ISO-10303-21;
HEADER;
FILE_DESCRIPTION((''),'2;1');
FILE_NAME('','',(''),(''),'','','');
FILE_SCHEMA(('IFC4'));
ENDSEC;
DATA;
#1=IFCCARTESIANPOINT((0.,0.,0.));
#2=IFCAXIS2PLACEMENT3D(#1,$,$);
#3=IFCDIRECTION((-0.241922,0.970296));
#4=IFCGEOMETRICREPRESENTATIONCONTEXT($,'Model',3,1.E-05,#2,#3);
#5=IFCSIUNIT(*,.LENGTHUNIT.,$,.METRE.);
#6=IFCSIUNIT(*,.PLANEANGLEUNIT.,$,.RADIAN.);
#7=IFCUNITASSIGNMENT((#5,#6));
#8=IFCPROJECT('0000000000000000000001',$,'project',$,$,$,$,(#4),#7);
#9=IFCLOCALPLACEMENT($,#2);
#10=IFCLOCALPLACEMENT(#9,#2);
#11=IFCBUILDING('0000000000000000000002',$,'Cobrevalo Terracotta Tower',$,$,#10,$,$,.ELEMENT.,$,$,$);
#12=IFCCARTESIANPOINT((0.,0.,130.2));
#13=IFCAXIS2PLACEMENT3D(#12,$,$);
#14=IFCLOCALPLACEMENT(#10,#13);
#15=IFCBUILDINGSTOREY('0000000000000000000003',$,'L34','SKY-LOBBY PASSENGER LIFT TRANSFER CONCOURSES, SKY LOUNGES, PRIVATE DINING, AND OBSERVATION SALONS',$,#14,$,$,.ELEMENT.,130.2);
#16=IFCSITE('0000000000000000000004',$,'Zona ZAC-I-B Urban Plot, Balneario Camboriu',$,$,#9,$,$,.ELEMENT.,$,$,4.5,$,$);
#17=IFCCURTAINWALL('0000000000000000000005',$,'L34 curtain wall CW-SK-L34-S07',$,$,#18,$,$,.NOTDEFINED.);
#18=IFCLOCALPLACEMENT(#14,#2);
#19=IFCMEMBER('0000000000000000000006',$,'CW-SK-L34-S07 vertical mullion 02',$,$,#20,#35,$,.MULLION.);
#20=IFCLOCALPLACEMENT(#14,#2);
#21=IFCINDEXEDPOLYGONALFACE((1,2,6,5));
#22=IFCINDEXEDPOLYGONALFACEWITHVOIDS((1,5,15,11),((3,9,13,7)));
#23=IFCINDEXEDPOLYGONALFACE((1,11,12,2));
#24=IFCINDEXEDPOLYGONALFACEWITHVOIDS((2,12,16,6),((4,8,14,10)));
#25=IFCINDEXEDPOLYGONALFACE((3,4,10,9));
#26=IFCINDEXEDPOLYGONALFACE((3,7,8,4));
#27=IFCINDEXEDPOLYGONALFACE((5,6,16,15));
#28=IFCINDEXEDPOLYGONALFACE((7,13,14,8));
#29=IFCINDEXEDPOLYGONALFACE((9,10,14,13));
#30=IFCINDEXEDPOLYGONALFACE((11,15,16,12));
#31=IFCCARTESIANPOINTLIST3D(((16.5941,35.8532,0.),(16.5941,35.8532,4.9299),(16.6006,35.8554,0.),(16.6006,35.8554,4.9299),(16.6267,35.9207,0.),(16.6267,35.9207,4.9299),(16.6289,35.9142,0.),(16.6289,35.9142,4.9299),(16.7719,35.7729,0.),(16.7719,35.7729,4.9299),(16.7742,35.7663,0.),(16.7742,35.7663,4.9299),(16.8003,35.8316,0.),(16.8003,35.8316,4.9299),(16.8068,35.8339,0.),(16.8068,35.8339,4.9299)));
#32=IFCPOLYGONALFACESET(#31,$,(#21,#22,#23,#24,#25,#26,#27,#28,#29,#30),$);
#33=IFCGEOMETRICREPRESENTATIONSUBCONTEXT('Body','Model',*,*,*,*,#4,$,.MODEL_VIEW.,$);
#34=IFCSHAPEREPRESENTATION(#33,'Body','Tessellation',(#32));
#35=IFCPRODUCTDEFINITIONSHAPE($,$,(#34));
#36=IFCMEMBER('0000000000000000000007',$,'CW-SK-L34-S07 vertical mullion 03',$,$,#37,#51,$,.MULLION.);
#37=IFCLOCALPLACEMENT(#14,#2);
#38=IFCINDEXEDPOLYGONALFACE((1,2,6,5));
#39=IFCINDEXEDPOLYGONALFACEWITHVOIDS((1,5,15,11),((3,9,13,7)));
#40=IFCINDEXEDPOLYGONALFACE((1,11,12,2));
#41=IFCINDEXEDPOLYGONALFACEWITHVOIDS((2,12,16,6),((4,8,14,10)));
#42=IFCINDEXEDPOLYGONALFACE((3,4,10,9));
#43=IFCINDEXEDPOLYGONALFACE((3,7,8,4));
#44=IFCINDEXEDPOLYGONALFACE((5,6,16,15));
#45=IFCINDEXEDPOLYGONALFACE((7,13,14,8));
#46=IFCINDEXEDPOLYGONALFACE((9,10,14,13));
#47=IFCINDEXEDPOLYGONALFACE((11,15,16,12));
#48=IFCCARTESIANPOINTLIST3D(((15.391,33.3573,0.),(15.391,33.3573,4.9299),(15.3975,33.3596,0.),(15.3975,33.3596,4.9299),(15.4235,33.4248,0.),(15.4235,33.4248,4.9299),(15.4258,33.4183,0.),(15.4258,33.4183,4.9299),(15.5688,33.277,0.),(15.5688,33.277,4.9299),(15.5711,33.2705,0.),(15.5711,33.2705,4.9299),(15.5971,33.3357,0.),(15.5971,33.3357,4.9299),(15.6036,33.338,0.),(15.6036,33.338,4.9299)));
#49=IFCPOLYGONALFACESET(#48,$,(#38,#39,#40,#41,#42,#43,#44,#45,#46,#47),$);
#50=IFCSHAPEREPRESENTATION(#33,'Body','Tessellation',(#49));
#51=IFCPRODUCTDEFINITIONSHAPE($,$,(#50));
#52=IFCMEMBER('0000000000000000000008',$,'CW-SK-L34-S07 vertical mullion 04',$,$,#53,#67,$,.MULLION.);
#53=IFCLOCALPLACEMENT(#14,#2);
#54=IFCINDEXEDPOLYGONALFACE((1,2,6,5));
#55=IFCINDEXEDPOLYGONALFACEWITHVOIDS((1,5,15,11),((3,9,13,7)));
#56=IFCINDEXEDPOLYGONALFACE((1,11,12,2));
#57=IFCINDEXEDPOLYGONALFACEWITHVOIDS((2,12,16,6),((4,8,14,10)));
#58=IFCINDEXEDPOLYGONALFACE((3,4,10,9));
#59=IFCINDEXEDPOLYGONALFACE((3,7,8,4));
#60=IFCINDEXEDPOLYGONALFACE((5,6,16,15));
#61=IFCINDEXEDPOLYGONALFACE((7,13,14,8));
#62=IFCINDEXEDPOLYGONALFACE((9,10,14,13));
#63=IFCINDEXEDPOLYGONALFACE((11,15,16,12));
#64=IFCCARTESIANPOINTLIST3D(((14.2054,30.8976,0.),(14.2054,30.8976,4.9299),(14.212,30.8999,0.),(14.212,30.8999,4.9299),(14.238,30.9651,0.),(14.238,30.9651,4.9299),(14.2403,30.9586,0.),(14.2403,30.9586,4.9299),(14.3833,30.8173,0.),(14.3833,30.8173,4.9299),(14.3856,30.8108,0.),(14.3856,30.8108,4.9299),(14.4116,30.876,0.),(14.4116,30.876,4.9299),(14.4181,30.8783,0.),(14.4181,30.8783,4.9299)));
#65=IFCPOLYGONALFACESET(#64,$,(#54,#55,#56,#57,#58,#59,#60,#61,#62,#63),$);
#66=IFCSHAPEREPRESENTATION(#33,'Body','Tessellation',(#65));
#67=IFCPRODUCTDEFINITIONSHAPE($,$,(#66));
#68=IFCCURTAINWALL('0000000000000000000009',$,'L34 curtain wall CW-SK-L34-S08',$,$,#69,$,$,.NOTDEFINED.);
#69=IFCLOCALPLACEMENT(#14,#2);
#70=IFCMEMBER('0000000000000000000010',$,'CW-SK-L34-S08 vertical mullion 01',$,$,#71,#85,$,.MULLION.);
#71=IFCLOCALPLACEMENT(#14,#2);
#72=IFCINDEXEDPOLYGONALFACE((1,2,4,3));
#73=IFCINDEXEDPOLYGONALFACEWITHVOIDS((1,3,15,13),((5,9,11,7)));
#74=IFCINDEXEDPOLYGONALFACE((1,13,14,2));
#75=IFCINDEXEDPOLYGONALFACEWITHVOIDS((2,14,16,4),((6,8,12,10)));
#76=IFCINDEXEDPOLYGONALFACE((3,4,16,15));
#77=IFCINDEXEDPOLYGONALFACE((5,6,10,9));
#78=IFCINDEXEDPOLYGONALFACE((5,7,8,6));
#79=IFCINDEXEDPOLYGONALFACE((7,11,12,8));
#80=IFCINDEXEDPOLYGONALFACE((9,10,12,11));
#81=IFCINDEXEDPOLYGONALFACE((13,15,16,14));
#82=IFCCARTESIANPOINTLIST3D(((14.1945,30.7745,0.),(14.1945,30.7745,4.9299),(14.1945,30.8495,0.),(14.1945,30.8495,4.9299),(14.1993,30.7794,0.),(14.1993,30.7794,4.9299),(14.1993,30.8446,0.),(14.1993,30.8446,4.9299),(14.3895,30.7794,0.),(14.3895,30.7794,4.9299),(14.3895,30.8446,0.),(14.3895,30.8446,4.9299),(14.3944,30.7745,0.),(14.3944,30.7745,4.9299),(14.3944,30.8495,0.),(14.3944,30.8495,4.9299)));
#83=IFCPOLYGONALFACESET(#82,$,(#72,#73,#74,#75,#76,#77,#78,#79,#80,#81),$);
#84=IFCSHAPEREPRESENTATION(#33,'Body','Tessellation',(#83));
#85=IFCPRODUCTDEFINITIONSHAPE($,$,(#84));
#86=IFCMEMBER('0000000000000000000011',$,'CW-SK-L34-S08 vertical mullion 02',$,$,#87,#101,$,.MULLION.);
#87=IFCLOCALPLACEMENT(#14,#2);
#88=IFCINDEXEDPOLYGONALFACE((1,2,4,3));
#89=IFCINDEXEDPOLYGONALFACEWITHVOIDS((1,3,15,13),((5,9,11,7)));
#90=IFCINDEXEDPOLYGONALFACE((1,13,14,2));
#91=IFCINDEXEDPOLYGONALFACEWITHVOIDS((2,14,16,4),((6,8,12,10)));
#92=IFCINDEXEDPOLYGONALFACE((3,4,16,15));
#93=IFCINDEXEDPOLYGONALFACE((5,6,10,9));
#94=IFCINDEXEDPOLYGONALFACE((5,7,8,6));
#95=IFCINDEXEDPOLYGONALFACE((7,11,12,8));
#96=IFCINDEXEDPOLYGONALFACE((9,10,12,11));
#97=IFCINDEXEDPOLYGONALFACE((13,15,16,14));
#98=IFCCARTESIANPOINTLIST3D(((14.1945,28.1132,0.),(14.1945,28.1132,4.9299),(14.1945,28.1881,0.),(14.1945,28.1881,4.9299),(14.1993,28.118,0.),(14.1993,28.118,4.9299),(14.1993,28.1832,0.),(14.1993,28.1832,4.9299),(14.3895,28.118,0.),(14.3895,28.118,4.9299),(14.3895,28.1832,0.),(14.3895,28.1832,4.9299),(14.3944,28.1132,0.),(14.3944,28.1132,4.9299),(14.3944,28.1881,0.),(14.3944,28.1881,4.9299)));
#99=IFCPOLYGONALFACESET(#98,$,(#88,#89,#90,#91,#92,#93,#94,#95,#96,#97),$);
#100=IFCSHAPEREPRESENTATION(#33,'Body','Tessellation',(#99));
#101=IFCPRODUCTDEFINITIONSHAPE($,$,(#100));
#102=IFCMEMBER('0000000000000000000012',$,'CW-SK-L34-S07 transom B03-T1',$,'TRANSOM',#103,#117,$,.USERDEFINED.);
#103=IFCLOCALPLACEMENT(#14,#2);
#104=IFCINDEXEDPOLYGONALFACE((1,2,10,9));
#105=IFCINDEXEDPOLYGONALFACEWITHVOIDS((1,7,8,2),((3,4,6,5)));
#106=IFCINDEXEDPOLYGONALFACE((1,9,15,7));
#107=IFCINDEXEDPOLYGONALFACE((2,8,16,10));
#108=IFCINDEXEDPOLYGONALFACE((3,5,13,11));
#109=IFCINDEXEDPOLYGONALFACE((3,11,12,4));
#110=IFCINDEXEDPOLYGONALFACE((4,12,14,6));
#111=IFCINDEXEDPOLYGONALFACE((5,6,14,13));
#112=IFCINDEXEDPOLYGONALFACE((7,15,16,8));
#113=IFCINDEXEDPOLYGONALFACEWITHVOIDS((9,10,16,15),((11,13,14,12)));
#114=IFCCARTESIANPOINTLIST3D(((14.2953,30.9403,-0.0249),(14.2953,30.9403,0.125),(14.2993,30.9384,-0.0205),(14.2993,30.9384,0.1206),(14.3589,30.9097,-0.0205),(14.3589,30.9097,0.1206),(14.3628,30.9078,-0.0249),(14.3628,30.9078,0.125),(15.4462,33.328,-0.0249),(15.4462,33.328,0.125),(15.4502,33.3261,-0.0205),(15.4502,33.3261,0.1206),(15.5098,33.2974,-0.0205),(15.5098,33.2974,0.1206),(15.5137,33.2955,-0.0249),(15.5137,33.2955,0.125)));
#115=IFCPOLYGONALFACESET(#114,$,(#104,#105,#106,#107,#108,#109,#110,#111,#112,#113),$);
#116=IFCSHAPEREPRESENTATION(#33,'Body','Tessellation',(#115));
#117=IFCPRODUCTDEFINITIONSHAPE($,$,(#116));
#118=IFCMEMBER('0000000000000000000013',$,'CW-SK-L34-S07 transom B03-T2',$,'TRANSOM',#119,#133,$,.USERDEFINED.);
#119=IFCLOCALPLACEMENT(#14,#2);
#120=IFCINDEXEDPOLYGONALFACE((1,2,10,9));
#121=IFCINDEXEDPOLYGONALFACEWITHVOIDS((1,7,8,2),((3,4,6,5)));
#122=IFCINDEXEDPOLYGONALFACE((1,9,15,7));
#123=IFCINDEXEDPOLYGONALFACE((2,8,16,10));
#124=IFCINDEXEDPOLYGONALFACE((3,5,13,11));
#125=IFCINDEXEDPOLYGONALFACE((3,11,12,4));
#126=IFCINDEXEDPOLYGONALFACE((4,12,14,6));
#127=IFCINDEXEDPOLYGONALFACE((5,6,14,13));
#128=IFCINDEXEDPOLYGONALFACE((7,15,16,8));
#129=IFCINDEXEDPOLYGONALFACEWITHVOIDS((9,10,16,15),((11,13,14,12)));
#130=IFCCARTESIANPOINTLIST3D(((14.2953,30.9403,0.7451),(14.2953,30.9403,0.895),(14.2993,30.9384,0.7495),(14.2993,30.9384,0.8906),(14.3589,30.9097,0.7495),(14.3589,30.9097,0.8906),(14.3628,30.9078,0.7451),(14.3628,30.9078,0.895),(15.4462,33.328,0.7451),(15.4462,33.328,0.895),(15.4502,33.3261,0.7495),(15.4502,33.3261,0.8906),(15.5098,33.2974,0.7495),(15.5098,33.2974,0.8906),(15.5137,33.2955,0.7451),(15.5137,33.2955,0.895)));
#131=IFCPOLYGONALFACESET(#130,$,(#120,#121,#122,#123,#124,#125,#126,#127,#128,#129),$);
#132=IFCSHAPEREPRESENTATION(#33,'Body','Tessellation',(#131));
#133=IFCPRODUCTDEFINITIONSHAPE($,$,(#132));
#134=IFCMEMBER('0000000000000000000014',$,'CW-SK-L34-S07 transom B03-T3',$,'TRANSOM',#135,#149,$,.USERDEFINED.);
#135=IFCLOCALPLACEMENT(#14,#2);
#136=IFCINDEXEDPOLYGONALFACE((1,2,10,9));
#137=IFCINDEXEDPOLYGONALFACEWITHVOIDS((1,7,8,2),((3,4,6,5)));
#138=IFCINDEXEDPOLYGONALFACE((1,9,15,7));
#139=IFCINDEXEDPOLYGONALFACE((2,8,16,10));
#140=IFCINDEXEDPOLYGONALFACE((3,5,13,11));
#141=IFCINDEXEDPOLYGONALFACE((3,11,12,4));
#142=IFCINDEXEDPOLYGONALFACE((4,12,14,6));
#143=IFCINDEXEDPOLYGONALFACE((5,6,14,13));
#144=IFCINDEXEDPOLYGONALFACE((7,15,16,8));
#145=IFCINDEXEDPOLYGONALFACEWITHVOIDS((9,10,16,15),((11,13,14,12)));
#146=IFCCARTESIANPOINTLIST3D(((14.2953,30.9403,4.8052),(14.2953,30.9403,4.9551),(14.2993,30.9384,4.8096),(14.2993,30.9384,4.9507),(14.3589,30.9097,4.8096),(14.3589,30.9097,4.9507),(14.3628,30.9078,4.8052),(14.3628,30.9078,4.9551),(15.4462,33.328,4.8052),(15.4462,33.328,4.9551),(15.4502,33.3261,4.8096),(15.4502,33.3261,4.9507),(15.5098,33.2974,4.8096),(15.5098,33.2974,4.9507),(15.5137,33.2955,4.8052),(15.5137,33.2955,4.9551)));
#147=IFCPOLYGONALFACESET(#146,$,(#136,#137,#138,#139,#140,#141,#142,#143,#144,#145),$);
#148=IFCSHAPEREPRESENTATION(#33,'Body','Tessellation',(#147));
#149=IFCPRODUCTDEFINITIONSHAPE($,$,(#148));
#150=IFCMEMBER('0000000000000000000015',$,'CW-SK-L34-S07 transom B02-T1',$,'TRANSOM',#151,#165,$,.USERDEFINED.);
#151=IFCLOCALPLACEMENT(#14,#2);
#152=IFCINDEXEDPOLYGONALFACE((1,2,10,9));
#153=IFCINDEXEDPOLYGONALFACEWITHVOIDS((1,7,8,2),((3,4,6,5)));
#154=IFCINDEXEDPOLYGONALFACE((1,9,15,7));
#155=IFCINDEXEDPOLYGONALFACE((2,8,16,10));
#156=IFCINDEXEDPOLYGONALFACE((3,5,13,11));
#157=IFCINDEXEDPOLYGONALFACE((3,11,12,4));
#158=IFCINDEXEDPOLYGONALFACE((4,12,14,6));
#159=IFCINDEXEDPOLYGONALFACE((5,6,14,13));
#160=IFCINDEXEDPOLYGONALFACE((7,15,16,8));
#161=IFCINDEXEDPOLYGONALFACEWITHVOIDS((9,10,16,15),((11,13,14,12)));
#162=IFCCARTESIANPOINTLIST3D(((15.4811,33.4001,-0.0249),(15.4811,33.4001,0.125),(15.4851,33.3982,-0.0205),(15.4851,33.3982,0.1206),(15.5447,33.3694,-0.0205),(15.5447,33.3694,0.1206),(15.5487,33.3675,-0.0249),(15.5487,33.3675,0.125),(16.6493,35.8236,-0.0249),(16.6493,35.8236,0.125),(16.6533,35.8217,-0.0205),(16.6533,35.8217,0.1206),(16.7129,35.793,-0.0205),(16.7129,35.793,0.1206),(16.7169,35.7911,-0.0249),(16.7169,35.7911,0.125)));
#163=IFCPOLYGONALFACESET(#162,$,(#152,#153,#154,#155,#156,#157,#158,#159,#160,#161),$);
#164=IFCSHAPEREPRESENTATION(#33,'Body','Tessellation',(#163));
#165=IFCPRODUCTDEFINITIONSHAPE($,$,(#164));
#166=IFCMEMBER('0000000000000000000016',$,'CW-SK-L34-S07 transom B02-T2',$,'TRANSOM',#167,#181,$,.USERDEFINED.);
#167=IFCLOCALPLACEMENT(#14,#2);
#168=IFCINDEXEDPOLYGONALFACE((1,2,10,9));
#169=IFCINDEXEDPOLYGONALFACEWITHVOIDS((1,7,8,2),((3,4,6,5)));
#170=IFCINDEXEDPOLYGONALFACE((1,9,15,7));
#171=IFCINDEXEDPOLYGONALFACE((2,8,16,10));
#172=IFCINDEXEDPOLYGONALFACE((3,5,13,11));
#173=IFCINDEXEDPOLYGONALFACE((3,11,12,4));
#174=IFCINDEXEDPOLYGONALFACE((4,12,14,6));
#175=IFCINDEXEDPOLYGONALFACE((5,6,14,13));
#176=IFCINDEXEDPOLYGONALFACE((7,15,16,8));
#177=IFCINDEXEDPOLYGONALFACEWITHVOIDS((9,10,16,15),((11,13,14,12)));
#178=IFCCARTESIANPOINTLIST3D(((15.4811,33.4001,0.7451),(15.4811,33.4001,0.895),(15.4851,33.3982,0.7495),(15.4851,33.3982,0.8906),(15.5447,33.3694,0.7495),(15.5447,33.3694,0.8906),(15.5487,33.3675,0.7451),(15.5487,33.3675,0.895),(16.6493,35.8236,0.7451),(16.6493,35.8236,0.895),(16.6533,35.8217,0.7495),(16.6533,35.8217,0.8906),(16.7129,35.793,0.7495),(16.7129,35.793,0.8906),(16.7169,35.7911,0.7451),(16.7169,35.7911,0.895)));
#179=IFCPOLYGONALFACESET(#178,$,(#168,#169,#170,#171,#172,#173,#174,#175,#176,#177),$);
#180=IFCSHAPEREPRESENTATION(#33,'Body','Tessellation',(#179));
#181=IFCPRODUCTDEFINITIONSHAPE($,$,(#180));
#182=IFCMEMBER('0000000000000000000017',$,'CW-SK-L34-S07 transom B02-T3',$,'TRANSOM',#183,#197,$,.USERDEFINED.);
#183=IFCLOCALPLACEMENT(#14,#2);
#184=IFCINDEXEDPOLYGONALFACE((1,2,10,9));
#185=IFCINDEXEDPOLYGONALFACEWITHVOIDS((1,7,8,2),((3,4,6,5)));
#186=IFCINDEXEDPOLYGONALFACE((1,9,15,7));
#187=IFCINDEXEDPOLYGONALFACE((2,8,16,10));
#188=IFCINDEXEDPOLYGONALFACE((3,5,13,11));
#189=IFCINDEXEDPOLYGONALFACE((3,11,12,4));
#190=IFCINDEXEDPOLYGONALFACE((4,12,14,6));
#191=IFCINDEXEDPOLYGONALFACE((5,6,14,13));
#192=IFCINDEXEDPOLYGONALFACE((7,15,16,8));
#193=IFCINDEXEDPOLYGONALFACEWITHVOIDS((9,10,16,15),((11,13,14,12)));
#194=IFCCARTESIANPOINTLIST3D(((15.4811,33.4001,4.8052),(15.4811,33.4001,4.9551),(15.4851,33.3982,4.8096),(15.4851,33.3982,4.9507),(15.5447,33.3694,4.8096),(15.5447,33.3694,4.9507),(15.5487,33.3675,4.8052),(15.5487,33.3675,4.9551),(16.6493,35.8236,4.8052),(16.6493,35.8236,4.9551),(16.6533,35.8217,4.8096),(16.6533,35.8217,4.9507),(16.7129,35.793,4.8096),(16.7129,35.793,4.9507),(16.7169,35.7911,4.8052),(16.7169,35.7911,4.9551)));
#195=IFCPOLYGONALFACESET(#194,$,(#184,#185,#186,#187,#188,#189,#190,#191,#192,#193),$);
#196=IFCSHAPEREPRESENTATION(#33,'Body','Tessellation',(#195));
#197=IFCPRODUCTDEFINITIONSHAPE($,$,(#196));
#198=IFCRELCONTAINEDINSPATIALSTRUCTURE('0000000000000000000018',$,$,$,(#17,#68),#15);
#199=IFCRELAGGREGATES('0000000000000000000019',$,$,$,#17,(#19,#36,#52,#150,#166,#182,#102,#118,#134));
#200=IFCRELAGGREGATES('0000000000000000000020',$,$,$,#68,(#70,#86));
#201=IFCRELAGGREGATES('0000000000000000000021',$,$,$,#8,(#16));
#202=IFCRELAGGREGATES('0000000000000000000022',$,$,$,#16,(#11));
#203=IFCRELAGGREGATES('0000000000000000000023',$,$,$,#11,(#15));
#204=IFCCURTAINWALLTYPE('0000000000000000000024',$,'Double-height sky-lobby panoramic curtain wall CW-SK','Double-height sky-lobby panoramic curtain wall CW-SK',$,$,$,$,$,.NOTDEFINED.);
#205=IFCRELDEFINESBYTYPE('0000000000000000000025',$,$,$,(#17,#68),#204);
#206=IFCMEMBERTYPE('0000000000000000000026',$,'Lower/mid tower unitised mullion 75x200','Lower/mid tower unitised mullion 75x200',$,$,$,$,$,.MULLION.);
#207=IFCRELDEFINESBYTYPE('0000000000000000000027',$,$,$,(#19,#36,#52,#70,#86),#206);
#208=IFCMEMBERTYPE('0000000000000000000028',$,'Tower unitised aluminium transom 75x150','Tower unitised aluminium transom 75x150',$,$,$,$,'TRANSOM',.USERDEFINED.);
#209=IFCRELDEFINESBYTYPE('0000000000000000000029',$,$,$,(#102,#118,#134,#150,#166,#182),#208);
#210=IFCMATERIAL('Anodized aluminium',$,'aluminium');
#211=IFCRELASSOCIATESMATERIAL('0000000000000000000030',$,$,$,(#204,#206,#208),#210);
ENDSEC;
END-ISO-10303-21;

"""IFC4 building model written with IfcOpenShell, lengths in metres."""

from ifc_helpers import new_model, si_unit, direction, frame, origin, origin_2d, place, context, subcontext, project, spatial, hollow_rectangle, extrude, source, transform, mapped, material, material_profile, profile_set, type_object, element, aggregate, save


model = new_model("IFC4")

# Units and contexts
model_context = context("Model", 3, precision=1e-05, world=origin(), true_north=direction((-0.241922, 0.970296)))
body_context = subcontext(model_context, "Body", "Model", "MODEL_VIEW")
ifc_project = project(units=[si_unit("LENGTHUNIT", "METRE"), si_unit("PLANEANGLEUNIT", "RADIAN")], contexts=[model_context])

# Site, building, storey
site_placement = place(None, origin())
site = spatial("IfcSite", under=ifc_project, at=site_placement, Name="Zona ZAC-I-B Urban Plot, Balneario Camboriu", CompositionType="ELEMENT", RefElevation=4.5)
building_placement = place(site_placement, origin())
building = spatial("IfcBuilding", under=site, at=building_placement, Name="Cobrevalo Terracotta Tower", CompositionType="ELEMENT")
storey_placement = place(building_placement, frame((0.0, 0.0, 130.2)))
storey = spatial("IfcBuildingStorey", under=building, at=storey_placement, Name="L34", Description="SKY-LOBBY PASSENGER LIFT TRANSFER CONCOURSES, SKY LOUNGES, PRIVATE DINING, AND OBSERVATION SALONS", CompositionType="ELEMENT", Elevation=130.2)

# Curtain walls, members
ifc_material_1 = material(Name="Anodized aluminium", Category="aluminium")
curtain_wall_type = type_object("IfcCurtainWallType", Name="Double-height sky-lobby panoramic curtain wall CW-SK", Description="Double-height sky-lobby panoramic curtain wall CW-SK", PredefinedType="NOTDEFINED", material=ifc_material_1)
curtain_wall_1_placement = place(storey_placement, origin())
curtain_wall_1 = element("IfcCurtainWall", 1, at=curtain_wall_1_placement, inside=storey, type_object=curtain_wall_type, Name="L34 curtain wall CW-SK-L34-S07", PredefinedType="NOTDEFINED")
ifc_material_profile_1 = material_profile(ifc_material_1, hollow_rectangle(XDim=0.075, YDim=0.2, WallThickness=0.0049, at=origin_2d()), Name="CWM 75x200")
ifc_profile_set_1 = profile_set([ifc_material_profile_1], Name="Anodized aluminium")
member_type_1 = type_object("IfcMemberType", Name="Lower/mid tower unitised mullion 75x200", Description="Lower/mid tower unitised mullion 75x200", PredefinedType="MULLION", material=ifc_profile_set_1)
shared_shape_1 = source(origin(), body_context, "Body", "SweptSolid", [
    extrude(hollow_rectangle(XDim=0.075, YDim=0.2, WallThickness=0.0049, at=origin_2d()), origin(), (0.0, 0.0, 1.0), 4.9299),
])
member_1_placement = place(storey_placement, frame((16.7004, 35.8435, 0.0), z_axis=(0.0, 0.0, 1.0), x_axis=(-0.434209, -0.900812, 0.0)))
member_1 = element("IfcMember", 2, at=member_1_placement, type_object=member_type_1, Name="CW-SK-L34-S07 vertical mullion 02", PredefinedType="MULLION", context=body_context, shape_type="MappedRepresentation", body=[
    mapped(shared_shape_1, transform((0.0, 0.0, 0.0), scale=1.0)),
])
member_2_placement = place(storey_placement, frame((15.4973, 33.3477, 0.0), z_axis=(0.0, 0.0, 1.0), x_axis=(-0.434209, -0.900812, 0.0)))
member_2 = element("IfcMember", 3, at=member_2_placement, type_object=member_type_1, Name="CW-SK-L34-S07 vertical mullion 03", PredefinedType="MULLION", context=body_context, shape_type="MappedRepresentation", body=[
    mapped(shared_shape_1, transform((0.0, 0.0, 0.0), scale=1.0)),
])
member_3_placement = place(storey_placement, frame((14.3118, 30.8879, 0.0), z_axis=(0.0, 0.0, 1.0), x_axis=(-0.434209, -0.900812, 0.0)))
member_3 = element("IfcMember", 4, at=member_3_placement, type_object=member_type_1, Name="CW-SK-L34-S07 vertical mullion 04", PredefinedType="MULLION", context=body_context, shape_type="MappedRepresentation", body=[
    mapped(shared_shape_1, transform((0.0, 0.0, 0.0), scale=1.0)),
])
curtain_wall_2_placement = place(storey_placement, origin())
curtain_wall_2 = element("IfcCurtainWall", 5, at=curtain_wall_2_placement, inside=storey, type_object=curtain_wall_type, Name="L34 curtain wall CW-SK-L34-S08", PredefinedType="NOTDEFINED")
member_4_placement = place(storey_placement, frame((14.2944, 30.812, 0.0), z_axis=(0.0, 0.0, 1.0), x_axis=(0.0, -1.0, 0.0)))
member_4 = element("IfcMember", 6, at=member_4_placement, type_object=member_type_1, Name="CW-SK-L34-S08 vertical mullion 01", PredefinedType="MULLION", context=body_context, shape_type="MappedRepresentation", body=[
    mapped(shared_shape_1, transform((0.0, 0.0, 0.0), scale=1.0)),
])
member_5_placement = place(storey_placement, frame((14.2944, 28.1506, 0.0), z_axis=(0.0, 0.0, 1.0), x_axis=(0.0, -1.0, 0.0)))
member_5 = element("IfcMember", 7, at=member_5_placement, type_object=member_type_1, Name="CW-SK-L34-S08 vertical mullion 02", PredefinedType="MULLION", context=body_context, shape_type="MappedRepresentation", body=[
    mapped(shared_shape_1, transform((0.0, 0.0, 0.0), scale=1.0)),
])

# Members
ifc_material_profile_2 = material_profile(ifc_material_1, hollow_rectangle(XDim=0.075, YDim=0.1499, WallThickness=0.0044, at=origin_2d()), Name="CWT 75x150")
ifc_profile_set_2 = profile_set([ifc_material_profile_2], Name="Anodized aluminium")
member_type_2 = type_object("IfcMemberType", Name="Tower unitised aluminium transom 75x150", Description="Tower unitised aluminium transom 75x150", ElementType="TRANSOM", PredefinedType="USERDEFINED", material=ifc_profile_set_2)
shared_shape_2 = source(origin(), body_context, "Body", "SweptSolid", [
    extrude(hollow_rectangle(XDim=0.075, YDim=0.1499, WallThickness=0.0044, at=origin_2d()), origin(), (0.0, 0.0, 1.0), 2.6506),
])
member_6_placement = place(storey_placement, frame((15.48, 33.3118, 0.05), z_axis=(-0.434198, -0.900818, 0.0), x_axis=(0.900818, -0.434198, 0.0)))
member_6 = element("IfcMember", 8, at=member_6_placement, type_object=member_type_2, Name="CW-SK-L34-S07 transom B03-T1", ObjectType="TRANSOM", PredefinedType="USERDEFINED", context=body_context, shape_type="MappedRepresentation", body=[
    mapped(shared_shape_2, transform((0.0, 0.0, 0.0), scale=1.0)),
])
member_7_placement = place(storey_placement, frame((15.48, 33.3118, 0.8201), z_axis=(-0.434198, -0.900818, 0.0), x_axis=(0.900818, -0.434198, 0.0)))
member_7 = element("IfcMember", 9, at=member_7_placement, type_object=member_type_2, Name="CW-SK-L34-S07 transom B03-T2", ObjectType="TRANSOM", PredefinedType="USERDEFINED", context=body_context, shape_type="MappedRepresentation", body=[
    mapped(shared_shape_2, transform((0.0, 0.0, 0.0), scale=1.0)),
])
member_8_placement = place(storey_placement, frame((15.48, 33.3118, 4.8801), z_axis=(-0.434198, -0.900818, 0.0), x_axis=(0.900818, -0.434198, 0.0)))
member_8 = element("IfcMember", 10, at=member_8_placement, type_object=member_type_2, Name="CW-SK-L34-S07 transom B03-T3", ObjectType="TRANSOM", PredefinedType="USERDEFINED", context=body_context, shape_type="MappedRepresentation", body=[
    mapped(shared_shape_2, transform((0.0, 0.0, 0.0), scale=1.0)),
])
shared_shape_3 = source(origin(), body_context, "Body", "SweptSolid", [
    extrude(hollow_rectangle(XDim=0.075, YDim=0.1499, WallThickness=0.0044, at=origin_2d()), origin(), (0.0, 0.0, 1.0), 2.6904),
])
member_9_placement = place(storey_placement, frame((16.6831, 35.8074, 0.05), z_axis=(-0.434208, -0.900812, 0.0), x_axis=(0.900812, -0.434208, 0.0)))
member_9 = element("IfcMember", 11, at=member_9_placement, type_object=member_type_2, Name="CW-SK-L34-S07 transom B02-T1", ObjectType="TRANSOM", PredefinedType="USERDEFINED", context=body_context, shape_type="MappedRepresentation", body=[
    mapped(shared_shape_3, transform((0.0, 0.0, 0.0), scale=1.0)),
])
member_10_placement = place(storey_placement, frame((16.6831, 35.8074, 0.8201), z_axis=(-0.434208, -0.900812, 0.0), x_axis=(0.900812, -0.434208, 0.0)))
member_10 = element("IfcMember", 12, at=member_10_placement, type_object=member_type_2, Name="CW-SK-L34-S07 transom B02-T2", ObjectType="TRANSOM", PredefinedType="USERDEFINED", context=body_context, shape_type="MappedRepresentation", body=[
    mapped(shared_shape_3, transform((0.0, 0.0, 0.0), scale=1.0)),
])
member_11_placement = place(storey_placement, frame((16.6831, 35.8074, 4.8801), z_axis=(-0.434208, -0.900812, 0.0), x_axis=(0.900812, -0.434208, 0.0)))
member_11 = element("IfcMember", 13, at=member_11_placement, type_object=member_type_2, Name="CW-SK-L34-S07 transom B02-T3", ObjectType="TRANSOM", PredefinedType="USERDEFINED", context=body_context, shape_type="MappedRepresentation", body=[
    mapped(shared_shape_3, transform((0.0, 0.0, 0.0), scale=1.0)),
])

aggregate(curtain_wall_1, [member_1, member_2, member_3, member_9, member_10, member_11, member_6, member_7, member_8])
aggregate(curtain_wall_2, [member_4, member_5])

save(model, "model.ifc")
